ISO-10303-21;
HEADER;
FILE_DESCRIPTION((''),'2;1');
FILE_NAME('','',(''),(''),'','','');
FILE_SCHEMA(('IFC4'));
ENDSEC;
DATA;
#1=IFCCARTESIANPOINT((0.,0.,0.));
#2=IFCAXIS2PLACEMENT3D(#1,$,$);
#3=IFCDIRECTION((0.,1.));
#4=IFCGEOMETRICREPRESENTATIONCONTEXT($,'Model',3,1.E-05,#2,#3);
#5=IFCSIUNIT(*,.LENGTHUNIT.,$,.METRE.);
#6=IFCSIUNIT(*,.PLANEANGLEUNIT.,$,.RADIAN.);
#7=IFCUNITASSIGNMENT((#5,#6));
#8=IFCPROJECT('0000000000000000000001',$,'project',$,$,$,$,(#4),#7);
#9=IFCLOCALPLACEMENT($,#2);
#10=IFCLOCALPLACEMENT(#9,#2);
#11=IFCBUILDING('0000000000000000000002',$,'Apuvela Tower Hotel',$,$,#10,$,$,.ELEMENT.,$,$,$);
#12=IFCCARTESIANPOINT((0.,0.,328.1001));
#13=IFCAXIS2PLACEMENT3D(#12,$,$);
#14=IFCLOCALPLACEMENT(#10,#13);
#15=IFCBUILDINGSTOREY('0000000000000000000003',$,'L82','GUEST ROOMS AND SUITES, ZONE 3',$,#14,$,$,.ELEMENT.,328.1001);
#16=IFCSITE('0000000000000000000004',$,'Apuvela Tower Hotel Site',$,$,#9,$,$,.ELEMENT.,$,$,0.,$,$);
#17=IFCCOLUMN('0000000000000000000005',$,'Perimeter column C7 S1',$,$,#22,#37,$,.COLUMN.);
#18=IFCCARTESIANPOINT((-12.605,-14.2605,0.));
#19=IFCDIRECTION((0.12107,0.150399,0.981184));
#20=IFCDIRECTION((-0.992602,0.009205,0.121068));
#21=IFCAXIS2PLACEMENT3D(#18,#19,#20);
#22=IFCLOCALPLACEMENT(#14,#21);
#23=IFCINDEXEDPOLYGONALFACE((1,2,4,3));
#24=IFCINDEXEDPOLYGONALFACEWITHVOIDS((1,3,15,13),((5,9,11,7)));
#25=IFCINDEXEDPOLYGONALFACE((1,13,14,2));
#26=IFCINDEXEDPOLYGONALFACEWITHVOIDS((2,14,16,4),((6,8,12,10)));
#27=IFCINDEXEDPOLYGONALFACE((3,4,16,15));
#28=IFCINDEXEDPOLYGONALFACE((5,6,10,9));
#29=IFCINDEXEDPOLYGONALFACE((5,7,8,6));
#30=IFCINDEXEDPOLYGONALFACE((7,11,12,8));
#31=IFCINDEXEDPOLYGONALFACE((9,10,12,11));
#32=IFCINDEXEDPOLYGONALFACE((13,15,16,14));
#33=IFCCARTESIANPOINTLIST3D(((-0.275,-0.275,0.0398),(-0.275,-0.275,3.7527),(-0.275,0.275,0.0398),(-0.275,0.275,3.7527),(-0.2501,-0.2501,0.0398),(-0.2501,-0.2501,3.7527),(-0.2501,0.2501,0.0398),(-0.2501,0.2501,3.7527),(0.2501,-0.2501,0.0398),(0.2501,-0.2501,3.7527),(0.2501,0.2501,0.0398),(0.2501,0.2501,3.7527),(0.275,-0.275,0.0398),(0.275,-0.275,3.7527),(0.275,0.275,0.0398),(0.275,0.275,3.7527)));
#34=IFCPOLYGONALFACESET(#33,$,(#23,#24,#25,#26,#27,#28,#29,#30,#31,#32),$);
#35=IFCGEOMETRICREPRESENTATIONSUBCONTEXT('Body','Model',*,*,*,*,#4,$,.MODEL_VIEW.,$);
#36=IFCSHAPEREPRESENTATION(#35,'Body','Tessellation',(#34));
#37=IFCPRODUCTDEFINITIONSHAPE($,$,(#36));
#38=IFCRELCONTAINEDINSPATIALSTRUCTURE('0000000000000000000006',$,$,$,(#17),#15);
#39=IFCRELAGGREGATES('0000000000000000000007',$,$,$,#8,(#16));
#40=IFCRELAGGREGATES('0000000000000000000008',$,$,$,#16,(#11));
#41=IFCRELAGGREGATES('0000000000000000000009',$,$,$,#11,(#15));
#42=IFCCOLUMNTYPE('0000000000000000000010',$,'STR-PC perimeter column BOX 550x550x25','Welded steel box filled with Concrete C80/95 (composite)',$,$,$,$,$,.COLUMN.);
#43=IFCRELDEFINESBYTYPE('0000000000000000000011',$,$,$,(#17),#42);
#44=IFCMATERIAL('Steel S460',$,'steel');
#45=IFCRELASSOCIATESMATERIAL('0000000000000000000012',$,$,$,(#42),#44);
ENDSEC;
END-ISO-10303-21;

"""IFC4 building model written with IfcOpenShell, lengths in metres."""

from ifc_helpers import new_model, si_unit, direction, frame, origin, origin_2d, place, context, subcontext, project, spatial, rectangle, hollow_rectangle, extrude, boolean, halfspace, material, material_profile, profile_set, type_object, element, save


model = new_model("IFC4")

# Units and contexts
model_context = context("Model", 3, precision=1e-05, world=origin(), true_north=direction((0.0, 1.0)))
body_context = subcontext(model_context, "Body", "Model", "MODEL_VIEW")
ifc_project = project(units=[si_unit("LENGTHUNIT", "METRE"), si_unit("PLANEANGLEUNIT", "RADIAN")], contexts=[model_context])

# Site, building, storey
site_placement = place(None, origin())
site = spatial("IfcSite", under=ifc_project, at=site_placement, Name="Apuvela Tower Hotel Site", CompositionType="ELEMENT", RefElevation=0.0)
building_placement = place(site_placement, origin())
building = spatial("IfcBuilding", under=site, at=building_placement, Name="Apuvela Tower Hotel", CompositionType="ELEMENT")
storey_placement = place(building_placement, frame((0.0, 0.0, 328.1001)))
storey = spatial("IfcBuildingStorey", under=building, at=storey_placement, Name="L82", Description="GUEST ROOMS AND SUITES, ZONE 3", CompositionType="ELEMENT", Elevation=328.1001)

# Column
ifc_material_1 = material(Name="Steel S460", Category="steel")
ifc_material_profile_1 = material_profile(ifc_material_1, hollow_rectangle(XDim=0.55, YDim=0.55, WallThickness=0.0249, at=origin_2d()), Name="BOX 550x550x25")
ifc_material_2 = material(Name="Concrete C80/95", Category="concrete")
ifc_material_profile_2 = material_profile(ifc_material_2, rectangle(XDim=0.5, YDim=0.5, at=origin_2d()), Name="Concrete C80/95 infill")
ifc_profile_set_1 = profile_set([ifc_material_profile_1, ifc_material_profile_2], Name="Steel S460")
column_type = type_object("IfcColumnType", Name="STR-PC perimeter column BOX 550x550x25", Description="Welded steel box filled with Concrete C80/95 (composite)", PredefinedType="COLUMN", material=ifc_profile_set_1)
column_placement = place(storey_placement, frame((-12.605, -14.2605, 0.0), z_axis=(0.12107, 0.150399, 0.981184), x_axis=(-0.992602, 0.009205, 0.121068)))
element("IfcColumn", 1, at=column_placement, inside=storey, type_object=column_type, Name="Perimeter column C7 S1", PredefinedType="COLUMN", context=body_context, shape_type="SweptSolid", body=[
    boolean("DIFFERENCE", boolean("DIFFERENCE", extrude(hollow_rectangle(XDim=0.55, YDim=0.55, WallThickness=0.0249, at=origin_2d()), origin(), (0.0, 0.0, 1.0), 3.771), halfspace(frame((0.0, 0.0, 0.0398), z_axis=(0.0, 0.0, 1.0), x_axis=(1.0, 0.0, 0.0)), True)), halfspace(frame((0.0, 0.0, 3.7527), z_axis=(0.0, 0.0, 1.0), x_axis=(1.0, 0.0, 0.0)), False)),
])

save(model, "model.ifc")
